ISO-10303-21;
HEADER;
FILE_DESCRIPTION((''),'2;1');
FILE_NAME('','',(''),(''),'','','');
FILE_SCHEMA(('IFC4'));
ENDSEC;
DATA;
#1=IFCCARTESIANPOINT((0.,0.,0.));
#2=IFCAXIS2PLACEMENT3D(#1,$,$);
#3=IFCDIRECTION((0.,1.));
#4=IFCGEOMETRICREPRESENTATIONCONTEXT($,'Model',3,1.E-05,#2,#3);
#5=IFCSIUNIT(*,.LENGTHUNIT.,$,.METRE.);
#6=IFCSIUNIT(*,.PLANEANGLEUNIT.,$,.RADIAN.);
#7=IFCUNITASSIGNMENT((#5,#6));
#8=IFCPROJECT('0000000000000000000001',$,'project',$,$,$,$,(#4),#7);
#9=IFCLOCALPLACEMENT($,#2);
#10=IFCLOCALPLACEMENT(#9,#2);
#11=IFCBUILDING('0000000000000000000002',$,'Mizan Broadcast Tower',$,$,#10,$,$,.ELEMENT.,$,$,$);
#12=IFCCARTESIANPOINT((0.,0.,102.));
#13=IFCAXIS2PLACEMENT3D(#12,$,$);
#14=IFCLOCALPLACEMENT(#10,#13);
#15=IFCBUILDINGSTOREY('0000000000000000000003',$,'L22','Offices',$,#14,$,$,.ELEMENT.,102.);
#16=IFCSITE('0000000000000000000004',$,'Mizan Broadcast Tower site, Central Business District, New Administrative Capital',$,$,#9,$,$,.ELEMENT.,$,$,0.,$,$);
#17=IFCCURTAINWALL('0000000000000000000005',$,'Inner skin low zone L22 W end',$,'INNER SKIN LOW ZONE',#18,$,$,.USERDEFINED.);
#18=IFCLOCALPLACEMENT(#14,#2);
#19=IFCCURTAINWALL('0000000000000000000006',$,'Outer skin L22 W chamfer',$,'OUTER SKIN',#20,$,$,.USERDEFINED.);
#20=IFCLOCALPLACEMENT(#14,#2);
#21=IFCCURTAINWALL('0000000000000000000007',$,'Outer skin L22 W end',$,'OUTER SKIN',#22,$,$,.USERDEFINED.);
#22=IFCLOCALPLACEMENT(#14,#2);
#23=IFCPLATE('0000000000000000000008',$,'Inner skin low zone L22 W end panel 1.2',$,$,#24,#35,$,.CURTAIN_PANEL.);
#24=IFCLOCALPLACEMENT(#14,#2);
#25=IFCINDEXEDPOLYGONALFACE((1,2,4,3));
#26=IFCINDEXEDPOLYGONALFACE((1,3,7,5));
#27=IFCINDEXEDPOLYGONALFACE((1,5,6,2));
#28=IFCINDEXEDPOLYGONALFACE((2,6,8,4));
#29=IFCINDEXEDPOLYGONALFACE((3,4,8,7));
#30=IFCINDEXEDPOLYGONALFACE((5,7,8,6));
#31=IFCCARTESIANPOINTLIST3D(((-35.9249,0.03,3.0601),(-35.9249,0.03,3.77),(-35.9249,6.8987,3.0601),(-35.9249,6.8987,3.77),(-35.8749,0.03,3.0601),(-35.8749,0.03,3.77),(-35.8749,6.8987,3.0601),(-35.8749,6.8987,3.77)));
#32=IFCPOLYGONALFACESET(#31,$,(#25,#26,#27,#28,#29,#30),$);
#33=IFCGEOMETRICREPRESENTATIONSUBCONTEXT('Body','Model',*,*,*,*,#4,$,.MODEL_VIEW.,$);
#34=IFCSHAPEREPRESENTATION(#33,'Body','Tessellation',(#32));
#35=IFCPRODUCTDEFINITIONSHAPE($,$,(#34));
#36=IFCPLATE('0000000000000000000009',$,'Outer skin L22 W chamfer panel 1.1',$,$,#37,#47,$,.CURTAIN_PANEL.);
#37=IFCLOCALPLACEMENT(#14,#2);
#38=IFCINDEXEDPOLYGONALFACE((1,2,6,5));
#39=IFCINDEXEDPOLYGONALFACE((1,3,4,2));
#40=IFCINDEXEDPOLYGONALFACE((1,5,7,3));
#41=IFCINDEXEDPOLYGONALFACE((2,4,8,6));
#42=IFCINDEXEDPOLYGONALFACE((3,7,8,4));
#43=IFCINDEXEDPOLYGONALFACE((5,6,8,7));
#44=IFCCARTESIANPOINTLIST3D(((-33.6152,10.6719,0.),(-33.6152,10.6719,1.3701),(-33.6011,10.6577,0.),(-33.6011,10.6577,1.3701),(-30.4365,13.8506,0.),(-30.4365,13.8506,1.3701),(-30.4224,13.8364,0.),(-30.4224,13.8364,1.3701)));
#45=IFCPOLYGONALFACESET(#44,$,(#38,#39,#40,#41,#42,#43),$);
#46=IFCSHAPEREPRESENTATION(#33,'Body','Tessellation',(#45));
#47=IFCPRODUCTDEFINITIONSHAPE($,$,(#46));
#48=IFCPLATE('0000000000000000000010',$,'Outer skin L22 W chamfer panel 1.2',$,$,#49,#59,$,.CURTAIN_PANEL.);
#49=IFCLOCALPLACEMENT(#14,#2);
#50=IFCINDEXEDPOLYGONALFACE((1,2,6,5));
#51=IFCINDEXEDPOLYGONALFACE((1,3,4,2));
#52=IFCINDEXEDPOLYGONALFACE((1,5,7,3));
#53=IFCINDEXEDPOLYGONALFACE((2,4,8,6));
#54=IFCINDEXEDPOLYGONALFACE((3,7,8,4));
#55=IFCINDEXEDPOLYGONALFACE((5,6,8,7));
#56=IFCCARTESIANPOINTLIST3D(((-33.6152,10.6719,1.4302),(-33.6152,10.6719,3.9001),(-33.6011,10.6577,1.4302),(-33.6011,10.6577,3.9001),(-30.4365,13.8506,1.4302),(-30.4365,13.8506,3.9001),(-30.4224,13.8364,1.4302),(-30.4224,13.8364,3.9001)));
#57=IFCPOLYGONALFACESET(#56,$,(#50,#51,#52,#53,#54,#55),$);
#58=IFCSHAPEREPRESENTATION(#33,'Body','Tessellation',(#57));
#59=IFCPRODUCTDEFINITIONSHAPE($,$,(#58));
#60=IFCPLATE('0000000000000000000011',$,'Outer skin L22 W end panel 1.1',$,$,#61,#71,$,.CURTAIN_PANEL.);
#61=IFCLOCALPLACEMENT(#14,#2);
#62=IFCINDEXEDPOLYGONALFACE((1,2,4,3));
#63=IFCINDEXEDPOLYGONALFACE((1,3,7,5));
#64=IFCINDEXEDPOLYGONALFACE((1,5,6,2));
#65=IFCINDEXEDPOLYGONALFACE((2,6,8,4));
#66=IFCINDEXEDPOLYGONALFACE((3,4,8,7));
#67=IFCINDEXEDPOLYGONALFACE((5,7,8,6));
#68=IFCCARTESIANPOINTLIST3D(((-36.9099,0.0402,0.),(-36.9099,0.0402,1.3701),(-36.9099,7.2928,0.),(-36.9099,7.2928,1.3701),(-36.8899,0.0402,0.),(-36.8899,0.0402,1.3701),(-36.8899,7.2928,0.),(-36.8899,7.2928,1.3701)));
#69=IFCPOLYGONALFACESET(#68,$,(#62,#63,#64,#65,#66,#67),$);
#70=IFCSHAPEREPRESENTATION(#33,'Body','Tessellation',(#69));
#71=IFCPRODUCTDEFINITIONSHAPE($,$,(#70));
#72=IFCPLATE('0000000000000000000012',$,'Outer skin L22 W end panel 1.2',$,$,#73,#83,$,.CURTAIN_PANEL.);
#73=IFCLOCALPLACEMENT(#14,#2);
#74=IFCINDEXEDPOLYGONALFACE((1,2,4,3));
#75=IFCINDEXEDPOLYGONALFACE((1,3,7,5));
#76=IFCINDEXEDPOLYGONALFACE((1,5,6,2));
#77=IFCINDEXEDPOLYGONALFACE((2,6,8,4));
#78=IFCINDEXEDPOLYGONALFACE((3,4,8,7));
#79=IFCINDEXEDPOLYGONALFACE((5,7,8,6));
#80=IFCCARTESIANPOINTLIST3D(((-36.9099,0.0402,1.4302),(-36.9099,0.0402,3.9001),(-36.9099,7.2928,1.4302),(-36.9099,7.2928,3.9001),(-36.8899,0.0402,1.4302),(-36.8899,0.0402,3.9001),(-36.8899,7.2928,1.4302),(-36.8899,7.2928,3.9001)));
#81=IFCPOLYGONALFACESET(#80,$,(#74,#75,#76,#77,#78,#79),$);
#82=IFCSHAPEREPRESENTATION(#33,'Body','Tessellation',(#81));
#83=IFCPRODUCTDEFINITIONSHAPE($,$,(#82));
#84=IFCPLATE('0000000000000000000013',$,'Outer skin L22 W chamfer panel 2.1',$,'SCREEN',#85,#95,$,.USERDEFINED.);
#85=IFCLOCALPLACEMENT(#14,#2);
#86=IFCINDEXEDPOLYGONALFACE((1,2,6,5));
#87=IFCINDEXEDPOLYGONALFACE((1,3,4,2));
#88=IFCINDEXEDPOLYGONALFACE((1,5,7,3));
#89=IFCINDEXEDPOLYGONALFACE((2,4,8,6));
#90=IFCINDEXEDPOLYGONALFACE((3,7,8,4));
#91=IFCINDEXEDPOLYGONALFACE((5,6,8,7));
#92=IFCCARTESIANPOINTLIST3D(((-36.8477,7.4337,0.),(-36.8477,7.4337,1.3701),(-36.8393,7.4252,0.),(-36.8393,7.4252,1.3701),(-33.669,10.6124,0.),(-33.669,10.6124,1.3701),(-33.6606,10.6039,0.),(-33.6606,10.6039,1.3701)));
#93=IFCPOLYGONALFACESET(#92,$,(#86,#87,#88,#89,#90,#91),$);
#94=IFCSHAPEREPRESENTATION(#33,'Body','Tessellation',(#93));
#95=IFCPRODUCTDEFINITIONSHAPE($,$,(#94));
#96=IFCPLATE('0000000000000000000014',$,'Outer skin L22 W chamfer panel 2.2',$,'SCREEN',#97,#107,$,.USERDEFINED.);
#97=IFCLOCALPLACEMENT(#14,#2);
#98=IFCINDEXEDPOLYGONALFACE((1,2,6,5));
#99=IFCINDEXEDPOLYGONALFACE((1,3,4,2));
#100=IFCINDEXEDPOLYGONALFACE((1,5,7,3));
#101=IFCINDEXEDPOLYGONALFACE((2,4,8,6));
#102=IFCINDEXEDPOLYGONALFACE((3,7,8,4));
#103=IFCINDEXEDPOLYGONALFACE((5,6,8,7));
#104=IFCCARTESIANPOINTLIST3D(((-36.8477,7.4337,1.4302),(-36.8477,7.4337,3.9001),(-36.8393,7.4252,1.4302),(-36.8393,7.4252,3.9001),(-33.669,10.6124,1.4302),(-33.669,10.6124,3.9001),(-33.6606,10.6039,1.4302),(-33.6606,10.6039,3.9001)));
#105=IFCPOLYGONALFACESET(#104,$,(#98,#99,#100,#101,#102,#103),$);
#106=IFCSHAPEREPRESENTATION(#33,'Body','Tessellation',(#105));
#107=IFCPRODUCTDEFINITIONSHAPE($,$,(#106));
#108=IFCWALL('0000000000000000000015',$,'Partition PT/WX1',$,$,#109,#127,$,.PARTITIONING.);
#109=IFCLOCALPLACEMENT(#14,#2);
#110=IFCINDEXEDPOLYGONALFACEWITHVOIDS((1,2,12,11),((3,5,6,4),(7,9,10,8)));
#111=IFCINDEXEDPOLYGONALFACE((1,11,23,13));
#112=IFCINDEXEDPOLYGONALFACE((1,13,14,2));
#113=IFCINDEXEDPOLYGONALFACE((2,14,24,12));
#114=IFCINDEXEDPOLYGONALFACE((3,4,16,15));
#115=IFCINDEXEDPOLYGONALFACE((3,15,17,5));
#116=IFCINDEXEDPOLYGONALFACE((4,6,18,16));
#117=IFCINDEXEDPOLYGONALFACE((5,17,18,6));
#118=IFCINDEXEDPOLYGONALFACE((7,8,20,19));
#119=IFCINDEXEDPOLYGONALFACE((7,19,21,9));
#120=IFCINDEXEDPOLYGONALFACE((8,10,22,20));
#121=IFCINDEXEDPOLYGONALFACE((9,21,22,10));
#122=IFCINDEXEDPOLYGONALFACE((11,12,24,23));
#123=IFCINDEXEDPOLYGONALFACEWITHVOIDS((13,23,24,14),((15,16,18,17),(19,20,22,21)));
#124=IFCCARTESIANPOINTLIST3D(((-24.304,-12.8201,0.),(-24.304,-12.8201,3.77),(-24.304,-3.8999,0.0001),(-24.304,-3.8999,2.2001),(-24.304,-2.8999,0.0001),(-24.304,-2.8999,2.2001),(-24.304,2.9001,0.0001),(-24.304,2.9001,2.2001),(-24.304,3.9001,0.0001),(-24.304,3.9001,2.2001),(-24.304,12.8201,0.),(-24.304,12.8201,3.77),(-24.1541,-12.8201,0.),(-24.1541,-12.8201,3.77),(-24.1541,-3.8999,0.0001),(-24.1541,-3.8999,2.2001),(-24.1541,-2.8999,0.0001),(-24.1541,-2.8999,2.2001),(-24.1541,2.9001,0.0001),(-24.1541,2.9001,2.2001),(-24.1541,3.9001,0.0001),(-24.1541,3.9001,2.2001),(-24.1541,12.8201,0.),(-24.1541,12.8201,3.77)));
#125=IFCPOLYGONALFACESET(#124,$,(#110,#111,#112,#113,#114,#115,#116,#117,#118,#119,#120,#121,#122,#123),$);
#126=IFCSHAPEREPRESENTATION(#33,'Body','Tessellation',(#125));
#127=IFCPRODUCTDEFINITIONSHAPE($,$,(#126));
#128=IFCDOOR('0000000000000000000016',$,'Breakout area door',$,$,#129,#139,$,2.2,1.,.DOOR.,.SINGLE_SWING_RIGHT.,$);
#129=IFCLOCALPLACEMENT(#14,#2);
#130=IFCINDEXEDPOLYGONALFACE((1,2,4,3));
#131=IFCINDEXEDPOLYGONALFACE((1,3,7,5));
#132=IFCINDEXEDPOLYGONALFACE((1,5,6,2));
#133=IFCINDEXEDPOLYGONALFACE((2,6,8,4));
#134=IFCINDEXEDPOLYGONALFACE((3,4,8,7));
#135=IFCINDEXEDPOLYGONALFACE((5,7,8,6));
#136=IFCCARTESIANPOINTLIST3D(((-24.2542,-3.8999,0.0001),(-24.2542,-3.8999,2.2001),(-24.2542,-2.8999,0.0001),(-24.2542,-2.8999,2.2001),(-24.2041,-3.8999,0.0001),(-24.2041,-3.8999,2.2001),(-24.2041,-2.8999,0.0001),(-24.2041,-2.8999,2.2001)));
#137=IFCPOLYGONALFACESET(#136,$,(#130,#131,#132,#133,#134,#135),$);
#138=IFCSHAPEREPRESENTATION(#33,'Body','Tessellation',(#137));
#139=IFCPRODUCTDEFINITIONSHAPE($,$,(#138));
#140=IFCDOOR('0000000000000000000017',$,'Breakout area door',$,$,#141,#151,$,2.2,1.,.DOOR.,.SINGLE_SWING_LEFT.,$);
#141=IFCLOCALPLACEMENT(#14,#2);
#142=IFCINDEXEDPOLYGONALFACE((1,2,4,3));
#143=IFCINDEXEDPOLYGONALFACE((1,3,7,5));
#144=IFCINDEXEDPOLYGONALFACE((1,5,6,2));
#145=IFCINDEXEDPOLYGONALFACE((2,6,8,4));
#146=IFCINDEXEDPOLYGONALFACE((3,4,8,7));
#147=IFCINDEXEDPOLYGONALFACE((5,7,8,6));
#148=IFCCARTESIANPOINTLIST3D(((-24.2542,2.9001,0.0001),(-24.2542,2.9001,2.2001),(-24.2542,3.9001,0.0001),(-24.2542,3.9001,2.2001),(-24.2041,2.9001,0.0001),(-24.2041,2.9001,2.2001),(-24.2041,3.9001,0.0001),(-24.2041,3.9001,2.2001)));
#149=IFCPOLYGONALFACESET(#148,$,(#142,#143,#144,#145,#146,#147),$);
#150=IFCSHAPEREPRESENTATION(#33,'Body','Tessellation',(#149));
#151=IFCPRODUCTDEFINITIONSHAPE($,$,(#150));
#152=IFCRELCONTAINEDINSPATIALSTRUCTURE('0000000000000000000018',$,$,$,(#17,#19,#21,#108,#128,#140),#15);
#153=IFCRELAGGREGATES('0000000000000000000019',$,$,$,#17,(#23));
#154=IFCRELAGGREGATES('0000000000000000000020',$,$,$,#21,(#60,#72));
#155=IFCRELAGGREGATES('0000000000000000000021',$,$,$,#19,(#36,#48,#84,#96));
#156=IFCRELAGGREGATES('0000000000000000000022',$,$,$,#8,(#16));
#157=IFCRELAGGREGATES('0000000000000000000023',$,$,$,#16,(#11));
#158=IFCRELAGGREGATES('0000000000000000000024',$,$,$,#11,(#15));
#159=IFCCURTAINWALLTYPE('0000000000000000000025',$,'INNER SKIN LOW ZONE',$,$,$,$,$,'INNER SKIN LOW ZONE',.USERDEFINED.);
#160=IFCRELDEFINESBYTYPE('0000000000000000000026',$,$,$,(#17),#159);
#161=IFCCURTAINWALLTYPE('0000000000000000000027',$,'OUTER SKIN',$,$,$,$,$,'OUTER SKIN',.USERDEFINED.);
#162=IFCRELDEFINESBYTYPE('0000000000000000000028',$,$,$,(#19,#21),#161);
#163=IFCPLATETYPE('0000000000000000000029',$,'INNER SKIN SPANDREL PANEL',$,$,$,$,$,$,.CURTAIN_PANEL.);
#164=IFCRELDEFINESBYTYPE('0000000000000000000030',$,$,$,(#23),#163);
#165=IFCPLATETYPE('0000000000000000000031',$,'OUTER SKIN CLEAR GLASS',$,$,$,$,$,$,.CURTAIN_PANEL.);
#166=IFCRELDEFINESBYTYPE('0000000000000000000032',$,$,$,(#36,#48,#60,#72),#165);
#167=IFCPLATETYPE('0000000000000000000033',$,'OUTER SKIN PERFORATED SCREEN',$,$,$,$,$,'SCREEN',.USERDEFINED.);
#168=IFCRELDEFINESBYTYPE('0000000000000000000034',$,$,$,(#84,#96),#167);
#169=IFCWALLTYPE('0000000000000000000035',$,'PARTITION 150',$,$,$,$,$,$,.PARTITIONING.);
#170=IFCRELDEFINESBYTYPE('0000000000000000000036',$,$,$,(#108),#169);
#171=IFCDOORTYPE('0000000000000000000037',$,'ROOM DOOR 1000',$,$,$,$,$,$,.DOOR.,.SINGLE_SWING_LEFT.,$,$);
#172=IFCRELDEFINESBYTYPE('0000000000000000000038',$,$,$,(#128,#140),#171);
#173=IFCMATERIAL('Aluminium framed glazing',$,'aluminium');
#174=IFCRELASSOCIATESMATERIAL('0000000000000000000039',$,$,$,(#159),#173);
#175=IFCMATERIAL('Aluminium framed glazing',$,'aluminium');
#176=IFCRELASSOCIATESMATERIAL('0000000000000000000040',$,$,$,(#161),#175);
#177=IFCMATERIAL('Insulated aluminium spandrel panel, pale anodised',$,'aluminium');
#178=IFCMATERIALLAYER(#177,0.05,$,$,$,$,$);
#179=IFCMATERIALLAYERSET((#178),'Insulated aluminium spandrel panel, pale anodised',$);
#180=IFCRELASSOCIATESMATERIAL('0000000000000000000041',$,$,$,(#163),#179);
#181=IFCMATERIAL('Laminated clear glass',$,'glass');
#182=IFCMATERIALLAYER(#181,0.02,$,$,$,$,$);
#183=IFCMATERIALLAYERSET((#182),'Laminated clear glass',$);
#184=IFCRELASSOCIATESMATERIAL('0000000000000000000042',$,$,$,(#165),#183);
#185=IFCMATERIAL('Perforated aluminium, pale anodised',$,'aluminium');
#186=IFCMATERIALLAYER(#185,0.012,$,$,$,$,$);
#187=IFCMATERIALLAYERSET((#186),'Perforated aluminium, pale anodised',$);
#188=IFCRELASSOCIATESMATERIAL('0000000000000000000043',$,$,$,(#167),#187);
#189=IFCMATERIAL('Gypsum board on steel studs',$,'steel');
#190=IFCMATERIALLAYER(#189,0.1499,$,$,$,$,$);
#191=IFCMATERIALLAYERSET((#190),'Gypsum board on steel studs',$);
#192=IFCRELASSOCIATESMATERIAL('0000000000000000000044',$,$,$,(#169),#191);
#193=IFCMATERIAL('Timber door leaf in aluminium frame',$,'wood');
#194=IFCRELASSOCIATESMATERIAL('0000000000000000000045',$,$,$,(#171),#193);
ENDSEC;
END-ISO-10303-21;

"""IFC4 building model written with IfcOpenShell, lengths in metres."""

from ifc_helpers import new_model, si_unit, direction, frame, frame_2d, origin, origin_2d, place, context, subcontext, project, spatial, rectangle, extrude, material, layer, layer_set, type_object, element, fill, aggregate, save


model = new_model("IFC4")

# Units and contexts
model_context = context("Model", 3, precision=1e-05, world=origin(), true_north=direction((0.0, 1.0)))
body_context = subcontext(model_context, "Body", "Model", "MODEL_VIEW")
ifc_project = project(units=[si_unit("LENGTHUNIT", "METRE"), si_unit("PLANEANGLEUNIT", "RADIAN")], contexts=[model_context])

# Site, building, storey
site_placement = place(None, origin())
site = spatial("IfcSite", under=ifc_project, at=site_placement, Name="Mizan Broadcast Tower site, Central Business District, New Administrative Capital", CompositionType="ELEMENT", RefElevation=0.0)
building_placement = place(site_placement, origin())
building = spatial("IfcBuilding", under=site, at=building_placement, Name="Mizan Broadcast Tower", CompositionType="ELEMENT")
storey_placement = place(building_placement, frame((0.0, 0.0, 102.0)))
storey = spatial("IfcBuildingStorey", under=building, at=storey_placement, Name="L22", Description="Offices", CompositionType="ELEMENT", Elevation=102.0)

# Shared definitions
ifc_material_1 = material(Name="Aluminium framed glazing", Category="aluminium")
curtain_wall_type_1 = type_object("IfcCurtainWallType", Name="INNER SKIN LOW ZONE", ElementType="INNER SKIN LOW ZONE", PredefinedType="USERDEFINED", material=ifc_material_1)

# Curtain wall
curtain_wall_1_placement = place(storey_placement, origin())
curtain_wall_1 = element("IfcCurtainWall", 1, at=curtain_wall_1_placement, inside=storey, type_object=curtain_wall_type_1, Name="Inner skin low zone L22 W end", ObjectType="INNER SKIN LOW ZONE", PredefinedType="USERDEFINED")

# Curtain wall
ifc_material_2 = material(Name="Aluminium framed glazing", Category="aluminium")
curtain_wall_type_2 = type_object("IfcCurtainWallType", Name="OUTER SKIN", ElementType="OUTER SKIN", PredefinedType="USERDEFINED", material=ifc_material_2)
curtain_wall_2_placement = place(storey_placement, origin())
curtain_wall_2 = element("IfcCurtainWall", 2, at=curtain_wall_2_placement, inside=storey, type_object=curtain_wall_type_2, Name="Outer skin L22 W chamfer", ObjectType="OUTER SKIN", PredefinedType="USERDEFINED")

# Curtain wall
curtain_wall_3_placement = place(storey_placement, origin())
curtain_wall_3 = element("IfcCurtainWall", 3, at=curtain_wall_3_placement, inside=storey, type_object=curtain_wall_type_2, Name="Outer skin L22 W end", ObjectType="OUTER SKIN", PredefinedType="USERDEFINED")

# Plates
ifc_material_3 = material(Name="Insulated aluminium spandrel panel, pale anodised", Category="aluminium")
ifc_layer_1 = layer(ifc_material_3, 0.05)
ifc_layer_set_1 = layer_set([ifc_layer_1], Name="Insulated aluminium spandrel panel, pale anodised")
plate_type_1 = type_object("IfcPlateType", Name="INNER SKIN SPANDREL PANEL", PredefinedType="CURTAIN_PANEL", material=ifc_layer_set_1)
plate_1_placement = place(storey_placement, frame((-35.8999, 3.4644, 3.0601), z_axis=(0.0, 0.0, 1.0), x_axis=(0.0, -1.0, 0.0)))
plate_1 = element("IfcPlate", 4, at=plate_1_placement, type_object=plate_type_1, Name="Inner skin low zone L22 W end panel 1.2", PredefinedType="CURTAIN_PANEL", context=body_context, shape_type="SweptSolid", body=[
    extrude(rectangle(XDim=6.8687, YDim=0.05, at=origin_2d()), origin(), (0.0, 0.0, 1.0), 0.71),
])
aggregate(curtain_wall_1, [plate_1])
ifc_material_4 = material(Name="Laminated clear glass", Category="glass")
ifc_layer_2 = layer(ifc_material_4, 0.02)
ifc_layer_set_2 = layer_set([ifc_layer_2], Name="Laminated clear glass")
plate_type_2 = type_object("IfcPlateType", Name="OUTER SKIN CLEAR GLASS", PredefinedType="CURTAIN_PANEL", material=ifc_layer_set_2)
plate_2_placement = place(storey_placement, frame((-32.0188, 12.2542, 0.0), z_axis=(0.0, 0.0, 1.0), x_axis=(-0.707107, -0.707107, 0.0)))
plate_2 = element("IfcPlate", 5, at=plate_2_placement, type_object=plate_type_2, Name="Outer skin L22 W chamfer panel 1.1", PredefinedType="CURTAIN_PANEL", context=body_context, shape_type="SweptSolid", body=[
    extrude(rectangle(XDim=4.4954, YDim=0.02, at=origin_2d()), origin(), (0.0, 0.0, 1.0), 1.3701),
])
plate_3_placement = place(storey_placement, frame((-32.0188, 12.2542, 1.4302), z_axis=(0.0, 0.0, 1.0), x_axis=(-0.707107, -0.707107, 0.0)))
plate_3 = element("IfcPlate", 6, at=plate_3_placement, type_object=plate_type_2, Name="Outer skin L22 W chamfer panel 1.2", PredefinedType="CURTAIN_PANEL", context=body_context, shape_type="SweptSolid", body=[
    extrude(rectangle(XDim=4.4954, YDim=0.02, at=origin_2d()), origin(), (0.0, 0.0, 1.0), 2.47),
])
plate_4_placement = place(storey_placement, frame((-36.8999, 3.6665, 0.0), z_axis=(0.0, 0.0, 1.0), x_axis=(0.0, -1.0, 0.0)))
plate_4 = element("IfcPlate", 7, at=plate_4_placement, type_object=plate_type_2, Name="Outer skin L22 W end panel 1.1", PredefinedType="CURTAIN_PANEL", context=body_context, shape_type="SweptSolid", body=[
    extrude(rectangle(XDim=7.2527, YDim=0.02, at=origin_2d()), origin(), (0.0, 0.0, 1.0), 1.3701),
])
plate_5_placement = place(storey_placement, frame((-36.8999, 3.6665, 1.4302), z_axis=(0.0, 0.0, 1.0), x_axis=(0.0, -1.0, 0.0)))
plate_5 = element("IfcPlate", 8, at=plate_5_placement, type_object=plate_type_2, Name="Outer skin L22 W end panel 1.2", PredefinedType="CURTAIN_PANEL", context=body_context, shape_type="SweptSolid", body=[
    extrude(rectangle(XDim=7.2527, YDim=0.02, at=origin_2d()), origin(), (0.0, 0.0, 1.0), 2.47),
])
aggregate(curtain_wall_3, [plate_4, plate_5])
ifc_material_5 = material(Name="Perforated aluminium, pale anodised", Category="aluminium")
ifc_layer_3 = layer(ifc_material_5, 0.012)
ifc_layer_set_3 = layer_set([ifc_layer_3], Name="Perforated aluminium, pale anodised")
plate_type_3 = type_object("IfcPlateType", Name="OUTER SKIN PERFORATED SCREEN", ElementType="SCREEN", PredefinedType="USERDEFINED", material=ifc_layer_set_3)
plate_6_placement = place(storey_placement, frame((-35.2542, 9.0188, 0.0), z_axis=(0.0, 0.0, 1.0), x_axis=(-0.707107, -0.707107, 0.0)))
plate_6 = element("IfcPlate", 9, at=plate_6_placement, type_object=plate_type_3, Name="Outer skin L22 W chamfer panel 2.1", ObjectType="SCREEN", PredefinedType="USERDEFINED", context=body_context, shape_type="SweptSolid", body=[
    extrude(rectangle(XDim=4.4954, YDim=0.012, at=origin_2d()), origin(), (0.0, 0.0, 1.0), 1.3701),
])
plate_7_placement = place(storey_placement, frame((-35.2542, 9.0188, 1.4302), z_axis=(0.0, 0.0, 1.0), x_axis=(-0.707107, -0.707107, 0.0)))
plate_7 = element("IfcPlate", 10, at=plate_7_placement, type_object=plate_type_3, Name="Outer skin L22 W chamfer panel 2.2", ObjectType="SCREEN", PredefinedType="USERDEFINED", context=body_context, shape_type="SweptSolid", body=[
    extrude(rectangle(XDim=4.4954, YDim=0.012, at=origin_2d()), origin(), (0.0, 0.0, 1.0), 2.47),
])
aggregate(curtain_wall_2, [plate_2, plate_3, plate_6, plate_7])

# Wall, openings, doors
ifc_material_6 = material(Name="Gypsum board on steel studs", Category="steel")
ifc_layer_4 = layer(ifc_material_6, 0.1499)
ifc_layer_set_4 = layer_set([ifc_layer_4], Name="Gypsum board on steel studs")
wall_type = type_object("IfcWallType", Name="PARTITION 150", PredefinedType="PARTITIONING", material=ifc_layer_set_4)
wall_placement = place(storey_placement, frame((-24.229, 12.8201, 0.0), z_axis=(0.0, 0.0, 1.0), x_axis=(0.0, -1.0, 0.0)))
wall = element("IfcWall", 11, at=wall_placement, inside=storey, type_object=wall_type, Name="Partition PT/WX1", PredefinedType="PARTITIONING", context=body_context, shape_type="SweptSolid", body=[
    extrude(rectangle(XDim=25.6401, YDim=0.1499, at=frame_2d((12.8201, 0.0))), origin(), (0.0, 0.0, 1.0), 3.77),
])
opening_1_placement = place(wall_placement, frame((15.72, 0.0, 0.0)))
opening_1 = element("IfcOpeningElement", 12, at=opening_1_placement, cuts=wall, PredefinedType="OPENING", context=body_context, shape_type="SweptSolid", body=[
    extrude(rectangle(XDim=1.0, YDim=2.2, at=frame_2d((0.5, 1.1001))), frame((0.0, 0.085, 0.0), z_axis=(0.0, -1.0, 0.0), x_axis=(1.0, 0.0, 0.0)), (0.0, 0.0, 1.0), 0.1699),
])
opening_2_placement = place(wall_placement, frame((8.9199, 0.0, 0.0)))
opening_2 = element("IfcOpeningElement", 13, at=opening_2_placement, cuts=wall, PredefinedType="OPENING", context=body_context, shape_type="SweptSolid", body=[
    extrude(rectangle(XDim=1.0, YDim=2.2, at=frame_2d((0.5, 1.1001))), frame((0.0, 0.085, 0.0), z_axis=(0.0, -1.0, 0.0), x_axis=(1.0, 0.0, 0.0)), (0.0, 0.0, 1.0), 0.1699),
])
ifc_material_7 = material(Name="Timber door leaf in aluminium frame", Category="wood")
door_type = type_object("IfcDoorType", Name="ROOM DOOR 1000", OperationType="SINGLE_SWING_LEFT", PredefinedType="DOOR", material=ifc_material_7)
door_1_placement = place(opening_1_placement, origin())
door_1 = element("IfcDoor", 14, at=door_1_placement, inside=storey, type_object=door_type, Name="Breakout area door", OperationType="SINGLE_SWING_RIGHT", OverallHeight=2.2, OverallWidth=1.0, PredefinedType="DOOR", context=body_context, shape_type="SweptSolid", body=[
    extrude(rectangle(XDim=1.0, YDim=2.2, at=frame_2d((0.5, 1.1001))), frame((0.0, 0.0249, 0.0), z_axis=(0.0, -1.0, 0.0), x_axis=(1.0, 0.0, 0.0)), (0.0, 0.0, 1.0), 0.05),
])
fill(opening_1, door_1)
door_2_placement = place(opening_2_placement, origin())
door_2 = element("IfcDoor", 15, at=door_2_placement, inside=storey, type_object=door_type, Name="Breakout area door", OperationType="SINGLE_SWING_LEFT", OverallHeight=2.2, OverallWidth=1.0, PredefinedType="DOOR", context=body_context, shape_type="SweptSolid", body=[
    extrude(rectangle(XDim=1.0, YDim=2.2, at=frame_2d((0.5, 1.1001))), frame((0.0, 0.0249, 0.0), z_axis=(0.0, -1.0, 0.0), x_axis=(1.0, 0.0, 0.0)), (0.0, 0.0, 1.0), 0.05),
])
fill(opening_2, door_2)

save(model, "model.ifc")
